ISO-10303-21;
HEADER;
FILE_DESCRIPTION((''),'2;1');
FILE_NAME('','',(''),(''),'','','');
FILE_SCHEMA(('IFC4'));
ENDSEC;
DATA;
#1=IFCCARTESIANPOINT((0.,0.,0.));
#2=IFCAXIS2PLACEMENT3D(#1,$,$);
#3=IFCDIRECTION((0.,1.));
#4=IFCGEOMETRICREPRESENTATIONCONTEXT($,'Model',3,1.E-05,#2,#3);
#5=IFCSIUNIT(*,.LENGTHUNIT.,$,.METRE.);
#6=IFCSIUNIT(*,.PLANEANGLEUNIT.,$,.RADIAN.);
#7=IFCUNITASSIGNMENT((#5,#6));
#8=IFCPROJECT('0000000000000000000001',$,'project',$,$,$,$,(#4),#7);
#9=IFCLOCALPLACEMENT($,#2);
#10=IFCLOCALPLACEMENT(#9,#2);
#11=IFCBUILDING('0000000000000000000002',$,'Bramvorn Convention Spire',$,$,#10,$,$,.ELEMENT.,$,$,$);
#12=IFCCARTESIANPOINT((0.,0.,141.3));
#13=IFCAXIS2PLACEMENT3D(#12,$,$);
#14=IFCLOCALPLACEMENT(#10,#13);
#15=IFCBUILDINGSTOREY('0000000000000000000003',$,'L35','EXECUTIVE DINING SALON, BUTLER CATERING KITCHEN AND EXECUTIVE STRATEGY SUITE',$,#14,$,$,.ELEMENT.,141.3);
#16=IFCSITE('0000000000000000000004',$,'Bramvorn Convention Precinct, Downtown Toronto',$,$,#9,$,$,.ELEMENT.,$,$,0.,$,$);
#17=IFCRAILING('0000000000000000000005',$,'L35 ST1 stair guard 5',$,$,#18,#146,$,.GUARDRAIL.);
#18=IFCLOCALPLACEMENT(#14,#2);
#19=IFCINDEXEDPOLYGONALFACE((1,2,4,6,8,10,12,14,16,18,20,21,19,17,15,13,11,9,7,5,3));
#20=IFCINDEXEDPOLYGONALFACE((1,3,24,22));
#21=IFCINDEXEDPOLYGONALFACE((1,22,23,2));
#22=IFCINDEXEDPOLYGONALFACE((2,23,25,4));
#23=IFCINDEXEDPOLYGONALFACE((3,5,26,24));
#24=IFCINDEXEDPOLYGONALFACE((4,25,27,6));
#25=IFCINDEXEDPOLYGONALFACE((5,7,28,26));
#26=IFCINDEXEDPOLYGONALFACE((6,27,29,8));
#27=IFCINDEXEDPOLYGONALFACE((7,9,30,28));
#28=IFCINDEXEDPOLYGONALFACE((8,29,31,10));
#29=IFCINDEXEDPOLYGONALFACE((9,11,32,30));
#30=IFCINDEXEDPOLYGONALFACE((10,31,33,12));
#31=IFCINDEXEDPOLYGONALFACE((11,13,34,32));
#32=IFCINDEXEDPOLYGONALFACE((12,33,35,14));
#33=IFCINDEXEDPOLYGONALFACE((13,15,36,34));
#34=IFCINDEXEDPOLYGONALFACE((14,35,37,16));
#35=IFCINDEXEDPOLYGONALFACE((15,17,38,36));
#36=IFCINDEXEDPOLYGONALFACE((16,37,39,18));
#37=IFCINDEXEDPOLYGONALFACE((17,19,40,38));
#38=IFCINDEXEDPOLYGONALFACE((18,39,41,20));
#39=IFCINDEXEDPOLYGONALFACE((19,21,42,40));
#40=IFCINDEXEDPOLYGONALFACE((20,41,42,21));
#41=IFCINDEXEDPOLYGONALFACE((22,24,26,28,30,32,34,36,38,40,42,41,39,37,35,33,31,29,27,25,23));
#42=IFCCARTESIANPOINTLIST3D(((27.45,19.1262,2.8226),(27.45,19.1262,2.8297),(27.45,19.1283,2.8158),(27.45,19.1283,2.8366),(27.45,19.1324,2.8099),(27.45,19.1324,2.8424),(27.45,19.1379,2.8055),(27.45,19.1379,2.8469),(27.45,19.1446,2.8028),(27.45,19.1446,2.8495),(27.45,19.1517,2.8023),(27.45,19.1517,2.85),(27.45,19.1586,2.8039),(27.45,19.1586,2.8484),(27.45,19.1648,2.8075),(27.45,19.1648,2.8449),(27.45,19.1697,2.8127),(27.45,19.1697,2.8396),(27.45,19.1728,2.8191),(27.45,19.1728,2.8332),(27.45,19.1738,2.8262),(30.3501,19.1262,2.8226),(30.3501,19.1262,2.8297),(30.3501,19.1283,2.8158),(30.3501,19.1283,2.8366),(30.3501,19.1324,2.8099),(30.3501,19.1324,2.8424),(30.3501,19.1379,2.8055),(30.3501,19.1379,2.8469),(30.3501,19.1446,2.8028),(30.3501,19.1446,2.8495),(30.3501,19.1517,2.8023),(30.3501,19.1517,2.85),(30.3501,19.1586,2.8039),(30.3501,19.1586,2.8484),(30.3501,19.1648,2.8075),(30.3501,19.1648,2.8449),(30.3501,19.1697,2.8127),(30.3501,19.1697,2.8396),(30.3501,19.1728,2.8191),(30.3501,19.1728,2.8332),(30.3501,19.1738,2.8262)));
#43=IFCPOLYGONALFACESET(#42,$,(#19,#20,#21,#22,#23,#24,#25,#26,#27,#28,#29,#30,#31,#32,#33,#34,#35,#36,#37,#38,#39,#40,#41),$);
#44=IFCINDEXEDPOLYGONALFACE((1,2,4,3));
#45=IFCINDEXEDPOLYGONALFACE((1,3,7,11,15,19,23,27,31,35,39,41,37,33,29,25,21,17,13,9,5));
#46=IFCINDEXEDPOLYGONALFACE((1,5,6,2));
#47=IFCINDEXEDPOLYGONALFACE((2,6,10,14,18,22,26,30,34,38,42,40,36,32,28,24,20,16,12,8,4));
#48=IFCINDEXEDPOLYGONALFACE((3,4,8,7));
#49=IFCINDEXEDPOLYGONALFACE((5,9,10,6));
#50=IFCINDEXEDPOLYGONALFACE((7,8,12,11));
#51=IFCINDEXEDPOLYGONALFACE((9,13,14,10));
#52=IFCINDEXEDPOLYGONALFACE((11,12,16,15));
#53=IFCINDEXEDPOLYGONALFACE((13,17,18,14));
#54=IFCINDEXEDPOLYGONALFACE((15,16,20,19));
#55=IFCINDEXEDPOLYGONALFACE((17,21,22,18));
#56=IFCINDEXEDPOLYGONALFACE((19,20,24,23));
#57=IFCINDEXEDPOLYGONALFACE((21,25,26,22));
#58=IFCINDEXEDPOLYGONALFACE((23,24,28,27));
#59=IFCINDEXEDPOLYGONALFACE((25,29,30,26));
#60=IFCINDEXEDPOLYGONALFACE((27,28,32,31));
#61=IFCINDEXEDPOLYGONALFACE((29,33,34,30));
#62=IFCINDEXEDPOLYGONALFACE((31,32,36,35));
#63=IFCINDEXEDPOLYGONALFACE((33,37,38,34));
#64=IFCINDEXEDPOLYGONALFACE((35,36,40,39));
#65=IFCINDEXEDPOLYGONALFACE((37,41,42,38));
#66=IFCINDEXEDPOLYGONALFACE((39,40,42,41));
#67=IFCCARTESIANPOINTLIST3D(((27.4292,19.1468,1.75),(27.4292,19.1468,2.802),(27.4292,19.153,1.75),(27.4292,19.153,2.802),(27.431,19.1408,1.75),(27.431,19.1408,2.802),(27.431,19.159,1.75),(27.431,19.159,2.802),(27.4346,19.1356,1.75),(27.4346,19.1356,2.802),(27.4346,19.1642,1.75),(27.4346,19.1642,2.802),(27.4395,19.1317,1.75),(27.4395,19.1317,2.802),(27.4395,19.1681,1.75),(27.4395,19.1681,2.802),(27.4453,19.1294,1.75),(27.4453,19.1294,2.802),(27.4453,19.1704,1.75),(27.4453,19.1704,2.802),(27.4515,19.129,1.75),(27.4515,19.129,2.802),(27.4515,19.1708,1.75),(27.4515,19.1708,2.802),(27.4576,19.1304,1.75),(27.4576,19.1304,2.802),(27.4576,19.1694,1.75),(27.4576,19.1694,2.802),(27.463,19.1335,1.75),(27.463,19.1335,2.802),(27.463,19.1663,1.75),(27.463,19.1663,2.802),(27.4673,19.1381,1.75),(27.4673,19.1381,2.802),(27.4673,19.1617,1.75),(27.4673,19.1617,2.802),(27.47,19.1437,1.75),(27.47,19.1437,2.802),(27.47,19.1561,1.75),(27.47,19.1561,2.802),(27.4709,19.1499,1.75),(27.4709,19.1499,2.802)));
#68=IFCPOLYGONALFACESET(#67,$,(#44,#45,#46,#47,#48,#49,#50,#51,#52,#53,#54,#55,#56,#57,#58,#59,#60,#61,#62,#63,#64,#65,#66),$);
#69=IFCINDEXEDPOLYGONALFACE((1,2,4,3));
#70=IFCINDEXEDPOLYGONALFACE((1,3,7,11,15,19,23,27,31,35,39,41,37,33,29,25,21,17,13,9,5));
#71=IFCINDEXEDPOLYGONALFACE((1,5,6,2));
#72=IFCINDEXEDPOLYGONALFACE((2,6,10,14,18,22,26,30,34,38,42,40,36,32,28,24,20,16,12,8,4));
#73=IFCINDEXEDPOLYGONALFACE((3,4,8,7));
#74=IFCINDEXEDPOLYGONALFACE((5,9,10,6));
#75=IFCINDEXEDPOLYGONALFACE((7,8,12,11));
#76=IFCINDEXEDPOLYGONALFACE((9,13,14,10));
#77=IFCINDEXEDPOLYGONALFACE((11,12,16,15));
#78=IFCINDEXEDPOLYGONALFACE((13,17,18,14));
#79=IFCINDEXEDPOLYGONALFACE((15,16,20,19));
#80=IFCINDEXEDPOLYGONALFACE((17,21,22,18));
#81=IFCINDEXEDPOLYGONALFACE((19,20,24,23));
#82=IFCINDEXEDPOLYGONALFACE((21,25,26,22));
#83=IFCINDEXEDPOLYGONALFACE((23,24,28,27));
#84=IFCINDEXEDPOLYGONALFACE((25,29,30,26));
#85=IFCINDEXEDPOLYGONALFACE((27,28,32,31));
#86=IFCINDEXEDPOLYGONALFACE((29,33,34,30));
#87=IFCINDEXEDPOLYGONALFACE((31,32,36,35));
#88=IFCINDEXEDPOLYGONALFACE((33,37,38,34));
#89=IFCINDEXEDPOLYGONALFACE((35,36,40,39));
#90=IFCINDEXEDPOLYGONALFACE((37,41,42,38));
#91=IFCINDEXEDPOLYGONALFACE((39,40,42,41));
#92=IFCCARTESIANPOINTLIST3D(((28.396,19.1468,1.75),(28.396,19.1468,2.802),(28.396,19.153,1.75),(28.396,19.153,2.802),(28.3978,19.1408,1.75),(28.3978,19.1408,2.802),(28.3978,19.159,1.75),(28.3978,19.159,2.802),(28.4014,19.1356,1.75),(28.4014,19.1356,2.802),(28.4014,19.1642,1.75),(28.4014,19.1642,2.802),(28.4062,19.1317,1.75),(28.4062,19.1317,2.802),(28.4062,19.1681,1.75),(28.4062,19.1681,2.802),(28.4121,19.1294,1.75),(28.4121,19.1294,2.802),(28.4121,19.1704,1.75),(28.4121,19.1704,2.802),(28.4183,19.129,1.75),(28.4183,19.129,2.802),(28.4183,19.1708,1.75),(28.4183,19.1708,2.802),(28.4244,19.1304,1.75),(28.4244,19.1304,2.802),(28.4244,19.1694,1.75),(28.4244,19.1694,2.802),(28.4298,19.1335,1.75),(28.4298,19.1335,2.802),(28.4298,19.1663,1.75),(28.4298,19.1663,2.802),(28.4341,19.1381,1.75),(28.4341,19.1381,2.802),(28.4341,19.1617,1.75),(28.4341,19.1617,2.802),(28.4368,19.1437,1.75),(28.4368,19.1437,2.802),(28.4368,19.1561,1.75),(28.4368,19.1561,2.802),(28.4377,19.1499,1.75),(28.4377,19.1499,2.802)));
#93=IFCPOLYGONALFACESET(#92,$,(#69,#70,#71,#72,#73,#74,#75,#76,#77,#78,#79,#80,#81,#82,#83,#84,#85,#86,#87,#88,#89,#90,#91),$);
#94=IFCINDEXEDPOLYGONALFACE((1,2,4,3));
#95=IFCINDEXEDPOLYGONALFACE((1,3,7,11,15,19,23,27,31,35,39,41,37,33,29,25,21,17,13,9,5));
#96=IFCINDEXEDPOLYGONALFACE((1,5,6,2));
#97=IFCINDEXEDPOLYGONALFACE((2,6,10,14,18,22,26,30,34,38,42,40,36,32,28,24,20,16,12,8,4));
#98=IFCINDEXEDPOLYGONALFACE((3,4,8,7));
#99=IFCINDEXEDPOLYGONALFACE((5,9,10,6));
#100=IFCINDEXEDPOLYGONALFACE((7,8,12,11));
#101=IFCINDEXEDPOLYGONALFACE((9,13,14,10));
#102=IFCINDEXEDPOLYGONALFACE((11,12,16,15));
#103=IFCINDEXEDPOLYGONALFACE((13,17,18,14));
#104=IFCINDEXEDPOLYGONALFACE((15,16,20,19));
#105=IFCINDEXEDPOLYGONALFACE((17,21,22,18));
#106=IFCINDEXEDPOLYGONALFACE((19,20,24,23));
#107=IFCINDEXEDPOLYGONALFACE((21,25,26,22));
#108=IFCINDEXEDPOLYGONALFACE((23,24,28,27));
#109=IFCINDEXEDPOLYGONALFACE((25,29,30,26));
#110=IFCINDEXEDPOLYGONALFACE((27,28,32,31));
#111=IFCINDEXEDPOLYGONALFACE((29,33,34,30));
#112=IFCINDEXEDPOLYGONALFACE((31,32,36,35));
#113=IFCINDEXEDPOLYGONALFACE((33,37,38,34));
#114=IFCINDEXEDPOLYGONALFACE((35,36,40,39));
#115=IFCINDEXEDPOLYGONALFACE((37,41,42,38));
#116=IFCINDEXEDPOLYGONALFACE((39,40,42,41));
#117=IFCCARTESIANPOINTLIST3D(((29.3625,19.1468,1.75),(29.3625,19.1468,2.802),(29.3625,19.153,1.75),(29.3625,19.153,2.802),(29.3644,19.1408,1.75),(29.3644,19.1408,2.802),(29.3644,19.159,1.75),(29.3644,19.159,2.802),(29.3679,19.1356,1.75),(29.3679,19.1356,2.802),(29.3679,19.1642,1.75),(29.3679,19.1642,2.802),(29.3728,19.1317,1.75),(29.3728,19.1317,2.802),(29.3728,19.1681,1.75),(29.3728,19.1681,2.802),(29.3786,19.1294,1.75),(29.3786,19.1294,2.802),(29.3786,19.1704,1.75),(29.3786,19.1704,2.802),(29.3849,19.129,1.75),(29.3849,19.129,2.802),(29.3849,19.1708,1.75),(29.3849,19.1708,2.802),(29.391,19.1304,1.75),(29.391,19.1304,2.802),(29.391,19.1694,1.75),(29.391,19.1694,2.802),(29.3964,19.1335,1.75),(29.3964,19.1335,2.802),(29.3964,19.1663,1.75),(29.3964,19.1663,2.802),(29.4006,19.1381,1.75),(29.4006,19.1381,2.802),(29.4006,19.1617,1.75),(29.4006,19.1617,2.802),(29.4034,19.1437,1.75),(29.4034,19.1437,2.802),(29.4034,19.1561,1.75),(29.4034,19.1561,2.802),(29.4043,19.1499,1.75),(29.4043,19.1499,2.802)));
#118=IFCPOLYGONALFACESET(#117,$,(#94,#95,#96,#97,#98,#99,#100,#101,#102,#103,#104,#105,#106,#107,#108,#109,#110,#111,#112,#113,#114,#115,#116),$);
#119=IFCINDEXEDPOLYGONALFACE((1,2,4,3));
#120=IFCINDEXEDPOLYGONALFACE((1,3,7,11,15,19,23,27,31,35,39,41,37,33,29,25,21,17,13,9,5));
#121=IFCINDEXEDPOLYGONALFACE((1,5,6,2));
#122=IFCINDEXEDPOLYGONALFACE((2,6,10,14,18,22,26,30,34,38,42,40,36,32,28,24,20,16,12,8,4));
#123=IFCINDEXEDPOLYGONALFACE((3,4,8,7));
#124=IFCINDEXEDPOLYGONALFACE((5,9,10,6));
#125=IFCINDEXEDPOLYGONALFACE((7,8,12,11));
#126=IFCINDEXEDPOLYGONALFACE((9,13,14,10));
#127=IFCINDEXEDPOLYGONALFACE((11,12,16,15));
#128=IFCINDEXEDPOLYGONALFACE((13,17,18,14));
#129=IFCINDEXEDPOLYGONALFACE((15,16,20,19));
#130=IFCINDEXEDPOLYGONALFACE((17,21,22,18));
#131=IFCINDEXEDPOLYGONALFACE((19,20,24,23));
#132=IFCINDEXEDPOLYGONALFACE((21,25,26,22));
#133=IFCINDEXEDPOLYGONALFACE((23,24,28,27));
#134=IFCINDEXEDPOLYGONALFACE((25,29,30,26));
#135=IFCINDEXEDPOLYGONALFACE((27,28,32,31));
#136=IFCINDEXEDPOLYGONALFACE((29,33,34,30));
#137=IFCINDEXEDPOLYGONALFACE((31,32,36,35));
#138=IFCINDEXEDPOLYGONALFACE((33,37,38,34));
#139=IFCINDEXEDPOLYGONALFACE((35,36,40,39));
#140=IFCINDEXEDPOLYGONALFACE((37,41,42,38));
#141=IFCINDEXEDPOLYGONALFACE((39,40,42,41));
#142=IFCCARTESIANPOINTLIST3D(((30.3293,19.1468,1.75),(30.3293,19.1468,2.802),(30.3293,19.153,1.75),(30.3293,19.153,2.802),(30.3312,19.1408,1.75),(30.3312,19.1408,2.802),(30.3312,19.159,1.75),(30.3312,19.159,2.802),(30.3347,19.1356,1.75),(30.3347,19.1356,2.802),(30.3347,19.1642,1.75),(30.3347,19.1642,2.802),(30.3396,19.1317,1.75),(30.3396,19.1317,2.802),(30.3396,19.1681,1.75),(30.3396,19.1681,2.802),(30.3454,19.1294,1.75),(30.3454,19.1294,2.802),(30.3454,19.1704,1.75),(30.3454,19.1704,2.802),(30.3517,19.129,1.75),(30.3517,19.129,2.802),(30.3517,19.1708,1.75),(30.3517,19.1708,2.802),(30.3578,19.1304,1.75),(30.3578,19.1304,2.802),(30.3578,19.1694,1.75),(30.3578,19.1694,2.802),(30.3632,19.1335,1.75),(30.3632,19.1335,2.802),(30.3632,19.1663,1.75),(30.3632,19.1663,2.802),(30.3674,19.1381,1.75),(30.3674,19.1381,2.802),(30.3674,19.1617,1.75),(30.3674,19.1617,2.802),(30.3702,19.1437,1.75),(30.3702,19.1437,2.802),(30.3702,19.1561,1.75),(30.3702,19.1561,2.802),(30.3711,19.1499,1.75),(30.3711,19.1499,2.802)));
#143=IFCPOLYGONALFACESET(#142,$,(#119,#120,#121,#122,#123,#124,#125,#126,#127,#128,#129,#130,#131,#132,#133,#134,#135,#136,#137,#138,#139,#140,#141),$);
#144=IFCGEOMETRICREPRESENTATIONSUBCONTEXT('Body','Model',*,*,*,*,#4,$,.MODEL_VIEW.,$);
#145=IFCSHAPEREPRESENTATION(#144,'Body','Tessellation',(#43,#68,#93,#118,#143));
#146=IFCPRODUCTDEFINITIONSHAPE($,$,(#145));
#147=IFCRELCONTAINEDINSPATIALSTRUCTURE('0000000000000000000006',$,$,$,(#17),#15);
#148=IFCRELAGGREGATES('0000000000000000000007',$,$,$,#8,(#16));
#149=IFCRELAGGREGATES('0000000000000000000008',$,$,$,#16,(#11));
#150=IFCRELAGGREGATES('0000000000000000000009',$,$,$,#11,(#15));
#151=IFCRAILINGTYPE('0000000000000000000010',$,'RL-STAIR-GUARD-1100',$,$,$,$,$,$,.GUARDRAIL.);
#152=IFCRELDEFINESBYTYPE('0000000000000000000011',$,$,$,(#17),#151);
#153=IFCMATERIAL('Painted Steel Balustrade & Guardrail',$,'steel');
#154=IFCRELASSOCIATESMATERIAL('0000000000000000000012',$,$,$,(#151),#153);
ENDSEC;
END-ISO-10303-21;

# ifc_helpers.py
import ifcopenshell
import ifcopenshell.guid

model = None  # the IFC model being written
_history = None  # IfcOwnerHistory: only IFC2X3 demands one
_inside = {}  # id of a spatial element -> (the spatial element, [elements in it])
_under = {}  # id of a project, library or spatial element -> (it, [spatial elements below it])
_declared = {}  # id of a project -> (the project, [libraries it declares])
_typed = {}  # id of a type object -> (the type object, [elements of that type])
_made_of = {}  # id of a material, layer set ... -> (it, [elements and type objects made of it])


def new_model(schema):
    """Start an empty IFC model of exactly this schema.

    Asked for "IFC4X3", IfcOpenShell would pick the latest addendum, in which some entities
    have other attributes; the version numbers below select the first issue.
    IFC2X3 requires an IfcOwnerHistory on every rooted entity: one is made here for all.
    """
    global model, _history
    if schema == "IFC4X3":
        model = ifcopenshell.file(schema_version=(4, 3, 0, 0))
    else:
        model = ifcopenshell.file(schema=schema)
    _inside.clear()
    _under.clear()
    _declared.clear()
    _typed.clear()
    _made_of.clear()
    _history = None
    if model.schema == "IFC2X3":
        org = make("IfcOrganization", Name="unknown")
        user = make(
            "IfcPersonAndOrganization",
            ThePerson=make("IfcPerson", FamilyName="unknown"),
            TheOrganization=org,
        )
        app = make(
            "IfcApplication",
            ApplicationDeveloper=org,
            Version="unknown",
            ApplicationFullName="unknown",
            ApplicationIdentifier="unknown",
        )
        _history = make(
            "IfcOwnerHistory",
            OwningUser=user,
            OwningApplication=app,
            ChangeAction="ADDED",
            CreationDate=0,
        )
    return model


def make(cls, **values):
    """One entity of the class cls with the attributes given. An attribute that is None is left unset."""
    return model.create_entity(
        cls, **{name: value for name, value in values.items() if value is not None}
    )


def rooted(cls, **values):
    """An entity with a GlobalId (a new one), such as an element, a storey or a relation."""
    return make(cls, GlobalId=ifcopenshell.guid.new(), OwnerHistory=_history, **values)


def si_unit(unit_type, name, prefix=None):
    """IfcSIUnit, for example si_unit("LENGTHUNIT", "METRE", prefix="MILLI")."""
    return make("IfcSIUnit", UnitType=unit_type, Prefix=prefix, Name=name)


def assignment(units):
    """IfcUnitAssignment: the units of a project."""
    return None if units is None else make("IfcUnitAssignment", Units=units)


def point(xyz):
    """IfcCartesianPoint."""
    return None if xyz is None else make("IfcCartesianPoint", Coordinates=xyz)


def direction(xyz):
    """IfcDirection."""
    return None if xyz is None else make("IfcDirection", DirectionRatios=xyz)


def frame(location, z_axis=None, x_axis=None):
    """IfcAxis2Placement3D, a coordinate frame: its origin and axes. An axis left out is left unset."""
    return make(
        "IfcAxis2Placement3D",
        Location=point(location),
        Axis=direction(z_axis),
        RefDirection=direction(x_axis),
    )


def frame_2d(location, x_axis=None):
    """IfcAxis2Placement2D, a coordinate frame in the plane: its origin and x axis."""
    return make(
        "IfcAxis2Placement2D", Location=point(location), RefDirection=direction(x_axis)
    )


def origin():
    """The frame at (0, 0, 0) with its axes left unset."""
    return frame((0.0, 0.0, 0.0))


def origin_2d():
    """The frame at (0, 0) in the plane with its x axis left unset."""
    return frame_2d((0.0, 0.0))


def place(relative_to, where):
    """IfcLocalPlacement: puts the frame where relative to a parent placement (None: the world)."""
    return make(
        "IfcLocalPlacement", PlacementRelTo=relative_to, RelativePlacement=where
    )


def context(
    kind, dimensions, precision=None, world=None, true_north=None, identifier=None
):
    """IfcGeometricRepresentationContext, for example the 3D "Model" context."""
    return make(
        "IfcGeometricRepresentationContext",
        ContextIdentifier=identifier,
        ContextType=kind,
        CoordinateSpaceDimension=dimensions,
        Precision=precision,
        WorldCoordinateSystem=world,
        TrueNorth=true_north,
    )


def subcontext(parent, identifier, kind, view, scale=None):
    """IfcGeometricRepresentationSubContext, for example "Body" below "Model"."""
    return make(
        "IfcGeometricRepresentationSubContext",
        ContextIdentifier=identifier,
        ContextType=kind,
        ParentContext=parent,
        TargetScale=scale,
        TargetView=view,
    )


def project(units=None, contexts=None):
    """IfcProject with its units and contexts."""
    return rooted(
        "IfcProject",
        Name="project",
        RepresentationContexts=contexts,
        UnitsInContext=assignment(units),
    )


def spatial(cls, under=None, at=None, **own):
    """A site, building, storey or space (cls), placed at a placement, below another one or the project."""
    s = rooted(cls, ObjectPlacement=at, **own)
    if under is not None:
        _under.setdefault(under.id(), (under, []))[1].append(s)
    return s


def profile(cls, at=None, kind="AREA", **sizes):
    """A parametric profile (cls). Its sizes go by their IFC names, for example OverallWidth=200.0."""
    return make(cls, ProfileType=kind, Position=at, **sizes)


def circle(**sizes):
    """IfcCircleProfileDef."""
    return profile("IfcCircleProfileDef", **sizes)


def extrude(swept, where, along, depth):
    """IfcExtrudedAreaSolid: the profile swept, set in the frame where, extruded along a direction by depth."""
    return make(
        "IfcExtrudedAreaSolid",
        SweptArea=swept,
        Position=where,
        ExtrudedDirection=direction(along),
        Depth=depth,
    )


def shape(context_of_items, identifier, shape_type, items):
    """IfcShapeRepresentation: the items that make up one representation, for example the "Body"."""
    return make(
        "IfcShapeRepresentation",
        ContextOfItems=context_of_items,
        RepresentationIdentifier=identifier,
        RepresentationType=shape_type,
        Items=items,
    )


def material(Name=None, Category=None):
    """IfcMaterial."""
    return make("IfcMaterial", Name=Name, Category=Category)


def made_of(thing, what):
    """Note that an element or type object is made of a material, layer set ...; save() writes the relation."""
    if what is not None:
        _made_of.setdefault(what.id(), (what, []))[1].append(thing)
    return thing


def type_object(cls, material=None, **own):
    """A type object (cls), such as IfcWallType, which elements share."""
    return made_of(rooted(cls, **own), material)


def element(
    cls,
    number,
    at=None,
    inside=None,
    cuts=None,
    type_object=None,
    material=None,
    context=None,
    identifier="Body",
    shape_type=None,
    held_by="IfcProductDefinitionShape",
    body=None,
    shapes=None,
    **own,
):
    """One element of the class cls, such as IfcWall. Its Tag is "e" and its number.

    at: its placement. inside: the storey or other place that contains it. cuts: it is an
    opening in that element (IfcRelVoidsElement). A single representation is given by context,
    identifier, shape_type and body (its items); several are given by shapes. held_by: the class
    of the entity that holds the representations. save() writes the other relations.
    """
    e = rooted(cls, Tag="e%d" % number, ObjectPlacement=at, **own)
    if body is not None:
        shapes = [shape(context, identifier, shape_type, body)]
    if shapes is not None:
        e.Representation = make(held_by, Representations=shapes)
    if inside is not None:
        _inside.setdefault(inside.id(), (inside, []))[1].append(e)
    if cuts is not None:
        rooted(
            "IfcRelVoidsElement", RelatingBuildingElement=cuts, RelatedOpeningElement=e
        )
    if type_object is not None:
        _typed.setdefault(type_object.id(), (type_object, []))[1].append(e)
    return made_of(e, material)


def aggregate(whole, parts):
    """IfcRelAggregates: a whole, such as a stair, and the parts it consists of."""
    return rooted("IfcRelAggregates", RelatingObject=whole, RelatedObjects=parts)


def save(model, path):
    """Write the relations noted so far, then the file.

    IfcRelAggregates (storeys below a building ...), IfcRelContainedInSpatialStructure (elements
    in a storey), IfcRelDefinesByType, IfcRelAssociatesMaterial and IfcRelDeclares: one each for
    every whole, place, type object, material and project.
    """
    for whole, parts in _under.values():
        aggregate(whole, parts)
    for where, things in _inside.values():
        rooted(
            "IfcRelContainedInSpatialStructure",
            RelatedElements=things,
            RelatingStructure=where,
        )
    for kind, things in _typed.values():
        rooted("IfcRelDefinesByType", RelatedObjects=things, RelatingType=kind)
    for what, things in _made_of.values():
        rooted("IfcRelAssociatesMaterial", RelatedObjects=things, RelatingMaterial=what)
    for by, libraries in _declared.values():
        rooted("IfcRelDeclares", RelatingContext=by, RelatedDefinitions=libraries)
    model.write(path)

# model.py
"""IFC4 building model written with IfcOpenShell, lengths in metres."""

from ifc_helpers import new_model, si_unit, direction, frame, origin, origin_2d, place, context, subcontext, project, spatial, circle, extrude, material, type_object, element, save


model = new_model("IFC4")

# Units and contexts
model_context = context("Model", 3, precision=1e-05, world=origin(), true_north=direction((0.0, 1.0)))
body_context = subcontext(model_context, "Body", "Model", "MODEL_VIEW")
ifc_project = project(units=[si_unit("LENGTHUNIT", "METRE"), si_unit("PLANEANGLEUNIT", "RADIAN")], contexts=[model_context])

# Site, building, storey
site_placement = place(None, origin())
site = spatial("IfcSite", under=ifc_project, at=site_placement, Name="Bramvorn Convention Precinct, Downtown Toronto", CompositionType="ELEMENT", RefElevation=0.0)
building_placement = place(site_placement, origin())
building = spatial("IfcBuilding", under=site, at=building_placement, Name="Bramvorn Convention Spire", CompositionType="ELEMENT")
storey_placement = place(building_placement, frame((0.0, 0.0, 141.3)))
storey = spatial("IfcBuildingStorey", under=building, at=storey_placement, Name="L35", Description="EXECUTIVE DINING SALON, BUTLER CATERING KITCHEN AND EXECUTIVE STRATEGY SUITE", CompositionType="ELEMENT", Elevation=141.3)

# Railing
ifc_material_1 = material(Name="Painted Steel Balustrade & Guardrail", Category="steel")
railing_type_1 = type_object("IfcRailingType", Name="RL-STAIR-GUARD-1100", PredefinedType="GUARDRAIL", material=ifc_material_1)
railing_1_placement = place(storey_placement, frame((27.45, 19.1499, 1.75)))
element("IfcRailing", 1, at=railing_1_placement, inside=storey, type_object=railing_type_1, Name="L35 ST1 stair guard 5", PredefinedType="GUARDRAIL", context=body_context, shape_type="SweptSolid", body=[
    extrude(circle(Radius=0.0239, at=origin_2d()), frame((0.0, 0.0, 1.0762), z_axis=(1.0, 0.0, 0.0), x_axis=(0.0, 1.0, 0.0)), (0.0, 0.0, 1.0), 2.9001),
    extrude(circle(Radius=0.021, at=origin_2d()), origin(), (0.0, 0.0, 1.0), 1.052),
    extrude(circle(Radius=0.021, at=origin_2d()), frame((0.9668, 0.0, 0.0)), (0.0, 0.0, 1.0), 1.052),
    extrude(circle(Radius=0.021, at=origin_2d()), frame((1.9333, 0.0, 0.0)), (0.0, 0.0, 1.0), 1.052),
    extrude(circle(Radius=0.021, at=origin_2d()), frame((2.9001, 0.0, 0.0)), (0.0, 0.0, 1.0), 1.052),
])

save(model, "model.ifc")
